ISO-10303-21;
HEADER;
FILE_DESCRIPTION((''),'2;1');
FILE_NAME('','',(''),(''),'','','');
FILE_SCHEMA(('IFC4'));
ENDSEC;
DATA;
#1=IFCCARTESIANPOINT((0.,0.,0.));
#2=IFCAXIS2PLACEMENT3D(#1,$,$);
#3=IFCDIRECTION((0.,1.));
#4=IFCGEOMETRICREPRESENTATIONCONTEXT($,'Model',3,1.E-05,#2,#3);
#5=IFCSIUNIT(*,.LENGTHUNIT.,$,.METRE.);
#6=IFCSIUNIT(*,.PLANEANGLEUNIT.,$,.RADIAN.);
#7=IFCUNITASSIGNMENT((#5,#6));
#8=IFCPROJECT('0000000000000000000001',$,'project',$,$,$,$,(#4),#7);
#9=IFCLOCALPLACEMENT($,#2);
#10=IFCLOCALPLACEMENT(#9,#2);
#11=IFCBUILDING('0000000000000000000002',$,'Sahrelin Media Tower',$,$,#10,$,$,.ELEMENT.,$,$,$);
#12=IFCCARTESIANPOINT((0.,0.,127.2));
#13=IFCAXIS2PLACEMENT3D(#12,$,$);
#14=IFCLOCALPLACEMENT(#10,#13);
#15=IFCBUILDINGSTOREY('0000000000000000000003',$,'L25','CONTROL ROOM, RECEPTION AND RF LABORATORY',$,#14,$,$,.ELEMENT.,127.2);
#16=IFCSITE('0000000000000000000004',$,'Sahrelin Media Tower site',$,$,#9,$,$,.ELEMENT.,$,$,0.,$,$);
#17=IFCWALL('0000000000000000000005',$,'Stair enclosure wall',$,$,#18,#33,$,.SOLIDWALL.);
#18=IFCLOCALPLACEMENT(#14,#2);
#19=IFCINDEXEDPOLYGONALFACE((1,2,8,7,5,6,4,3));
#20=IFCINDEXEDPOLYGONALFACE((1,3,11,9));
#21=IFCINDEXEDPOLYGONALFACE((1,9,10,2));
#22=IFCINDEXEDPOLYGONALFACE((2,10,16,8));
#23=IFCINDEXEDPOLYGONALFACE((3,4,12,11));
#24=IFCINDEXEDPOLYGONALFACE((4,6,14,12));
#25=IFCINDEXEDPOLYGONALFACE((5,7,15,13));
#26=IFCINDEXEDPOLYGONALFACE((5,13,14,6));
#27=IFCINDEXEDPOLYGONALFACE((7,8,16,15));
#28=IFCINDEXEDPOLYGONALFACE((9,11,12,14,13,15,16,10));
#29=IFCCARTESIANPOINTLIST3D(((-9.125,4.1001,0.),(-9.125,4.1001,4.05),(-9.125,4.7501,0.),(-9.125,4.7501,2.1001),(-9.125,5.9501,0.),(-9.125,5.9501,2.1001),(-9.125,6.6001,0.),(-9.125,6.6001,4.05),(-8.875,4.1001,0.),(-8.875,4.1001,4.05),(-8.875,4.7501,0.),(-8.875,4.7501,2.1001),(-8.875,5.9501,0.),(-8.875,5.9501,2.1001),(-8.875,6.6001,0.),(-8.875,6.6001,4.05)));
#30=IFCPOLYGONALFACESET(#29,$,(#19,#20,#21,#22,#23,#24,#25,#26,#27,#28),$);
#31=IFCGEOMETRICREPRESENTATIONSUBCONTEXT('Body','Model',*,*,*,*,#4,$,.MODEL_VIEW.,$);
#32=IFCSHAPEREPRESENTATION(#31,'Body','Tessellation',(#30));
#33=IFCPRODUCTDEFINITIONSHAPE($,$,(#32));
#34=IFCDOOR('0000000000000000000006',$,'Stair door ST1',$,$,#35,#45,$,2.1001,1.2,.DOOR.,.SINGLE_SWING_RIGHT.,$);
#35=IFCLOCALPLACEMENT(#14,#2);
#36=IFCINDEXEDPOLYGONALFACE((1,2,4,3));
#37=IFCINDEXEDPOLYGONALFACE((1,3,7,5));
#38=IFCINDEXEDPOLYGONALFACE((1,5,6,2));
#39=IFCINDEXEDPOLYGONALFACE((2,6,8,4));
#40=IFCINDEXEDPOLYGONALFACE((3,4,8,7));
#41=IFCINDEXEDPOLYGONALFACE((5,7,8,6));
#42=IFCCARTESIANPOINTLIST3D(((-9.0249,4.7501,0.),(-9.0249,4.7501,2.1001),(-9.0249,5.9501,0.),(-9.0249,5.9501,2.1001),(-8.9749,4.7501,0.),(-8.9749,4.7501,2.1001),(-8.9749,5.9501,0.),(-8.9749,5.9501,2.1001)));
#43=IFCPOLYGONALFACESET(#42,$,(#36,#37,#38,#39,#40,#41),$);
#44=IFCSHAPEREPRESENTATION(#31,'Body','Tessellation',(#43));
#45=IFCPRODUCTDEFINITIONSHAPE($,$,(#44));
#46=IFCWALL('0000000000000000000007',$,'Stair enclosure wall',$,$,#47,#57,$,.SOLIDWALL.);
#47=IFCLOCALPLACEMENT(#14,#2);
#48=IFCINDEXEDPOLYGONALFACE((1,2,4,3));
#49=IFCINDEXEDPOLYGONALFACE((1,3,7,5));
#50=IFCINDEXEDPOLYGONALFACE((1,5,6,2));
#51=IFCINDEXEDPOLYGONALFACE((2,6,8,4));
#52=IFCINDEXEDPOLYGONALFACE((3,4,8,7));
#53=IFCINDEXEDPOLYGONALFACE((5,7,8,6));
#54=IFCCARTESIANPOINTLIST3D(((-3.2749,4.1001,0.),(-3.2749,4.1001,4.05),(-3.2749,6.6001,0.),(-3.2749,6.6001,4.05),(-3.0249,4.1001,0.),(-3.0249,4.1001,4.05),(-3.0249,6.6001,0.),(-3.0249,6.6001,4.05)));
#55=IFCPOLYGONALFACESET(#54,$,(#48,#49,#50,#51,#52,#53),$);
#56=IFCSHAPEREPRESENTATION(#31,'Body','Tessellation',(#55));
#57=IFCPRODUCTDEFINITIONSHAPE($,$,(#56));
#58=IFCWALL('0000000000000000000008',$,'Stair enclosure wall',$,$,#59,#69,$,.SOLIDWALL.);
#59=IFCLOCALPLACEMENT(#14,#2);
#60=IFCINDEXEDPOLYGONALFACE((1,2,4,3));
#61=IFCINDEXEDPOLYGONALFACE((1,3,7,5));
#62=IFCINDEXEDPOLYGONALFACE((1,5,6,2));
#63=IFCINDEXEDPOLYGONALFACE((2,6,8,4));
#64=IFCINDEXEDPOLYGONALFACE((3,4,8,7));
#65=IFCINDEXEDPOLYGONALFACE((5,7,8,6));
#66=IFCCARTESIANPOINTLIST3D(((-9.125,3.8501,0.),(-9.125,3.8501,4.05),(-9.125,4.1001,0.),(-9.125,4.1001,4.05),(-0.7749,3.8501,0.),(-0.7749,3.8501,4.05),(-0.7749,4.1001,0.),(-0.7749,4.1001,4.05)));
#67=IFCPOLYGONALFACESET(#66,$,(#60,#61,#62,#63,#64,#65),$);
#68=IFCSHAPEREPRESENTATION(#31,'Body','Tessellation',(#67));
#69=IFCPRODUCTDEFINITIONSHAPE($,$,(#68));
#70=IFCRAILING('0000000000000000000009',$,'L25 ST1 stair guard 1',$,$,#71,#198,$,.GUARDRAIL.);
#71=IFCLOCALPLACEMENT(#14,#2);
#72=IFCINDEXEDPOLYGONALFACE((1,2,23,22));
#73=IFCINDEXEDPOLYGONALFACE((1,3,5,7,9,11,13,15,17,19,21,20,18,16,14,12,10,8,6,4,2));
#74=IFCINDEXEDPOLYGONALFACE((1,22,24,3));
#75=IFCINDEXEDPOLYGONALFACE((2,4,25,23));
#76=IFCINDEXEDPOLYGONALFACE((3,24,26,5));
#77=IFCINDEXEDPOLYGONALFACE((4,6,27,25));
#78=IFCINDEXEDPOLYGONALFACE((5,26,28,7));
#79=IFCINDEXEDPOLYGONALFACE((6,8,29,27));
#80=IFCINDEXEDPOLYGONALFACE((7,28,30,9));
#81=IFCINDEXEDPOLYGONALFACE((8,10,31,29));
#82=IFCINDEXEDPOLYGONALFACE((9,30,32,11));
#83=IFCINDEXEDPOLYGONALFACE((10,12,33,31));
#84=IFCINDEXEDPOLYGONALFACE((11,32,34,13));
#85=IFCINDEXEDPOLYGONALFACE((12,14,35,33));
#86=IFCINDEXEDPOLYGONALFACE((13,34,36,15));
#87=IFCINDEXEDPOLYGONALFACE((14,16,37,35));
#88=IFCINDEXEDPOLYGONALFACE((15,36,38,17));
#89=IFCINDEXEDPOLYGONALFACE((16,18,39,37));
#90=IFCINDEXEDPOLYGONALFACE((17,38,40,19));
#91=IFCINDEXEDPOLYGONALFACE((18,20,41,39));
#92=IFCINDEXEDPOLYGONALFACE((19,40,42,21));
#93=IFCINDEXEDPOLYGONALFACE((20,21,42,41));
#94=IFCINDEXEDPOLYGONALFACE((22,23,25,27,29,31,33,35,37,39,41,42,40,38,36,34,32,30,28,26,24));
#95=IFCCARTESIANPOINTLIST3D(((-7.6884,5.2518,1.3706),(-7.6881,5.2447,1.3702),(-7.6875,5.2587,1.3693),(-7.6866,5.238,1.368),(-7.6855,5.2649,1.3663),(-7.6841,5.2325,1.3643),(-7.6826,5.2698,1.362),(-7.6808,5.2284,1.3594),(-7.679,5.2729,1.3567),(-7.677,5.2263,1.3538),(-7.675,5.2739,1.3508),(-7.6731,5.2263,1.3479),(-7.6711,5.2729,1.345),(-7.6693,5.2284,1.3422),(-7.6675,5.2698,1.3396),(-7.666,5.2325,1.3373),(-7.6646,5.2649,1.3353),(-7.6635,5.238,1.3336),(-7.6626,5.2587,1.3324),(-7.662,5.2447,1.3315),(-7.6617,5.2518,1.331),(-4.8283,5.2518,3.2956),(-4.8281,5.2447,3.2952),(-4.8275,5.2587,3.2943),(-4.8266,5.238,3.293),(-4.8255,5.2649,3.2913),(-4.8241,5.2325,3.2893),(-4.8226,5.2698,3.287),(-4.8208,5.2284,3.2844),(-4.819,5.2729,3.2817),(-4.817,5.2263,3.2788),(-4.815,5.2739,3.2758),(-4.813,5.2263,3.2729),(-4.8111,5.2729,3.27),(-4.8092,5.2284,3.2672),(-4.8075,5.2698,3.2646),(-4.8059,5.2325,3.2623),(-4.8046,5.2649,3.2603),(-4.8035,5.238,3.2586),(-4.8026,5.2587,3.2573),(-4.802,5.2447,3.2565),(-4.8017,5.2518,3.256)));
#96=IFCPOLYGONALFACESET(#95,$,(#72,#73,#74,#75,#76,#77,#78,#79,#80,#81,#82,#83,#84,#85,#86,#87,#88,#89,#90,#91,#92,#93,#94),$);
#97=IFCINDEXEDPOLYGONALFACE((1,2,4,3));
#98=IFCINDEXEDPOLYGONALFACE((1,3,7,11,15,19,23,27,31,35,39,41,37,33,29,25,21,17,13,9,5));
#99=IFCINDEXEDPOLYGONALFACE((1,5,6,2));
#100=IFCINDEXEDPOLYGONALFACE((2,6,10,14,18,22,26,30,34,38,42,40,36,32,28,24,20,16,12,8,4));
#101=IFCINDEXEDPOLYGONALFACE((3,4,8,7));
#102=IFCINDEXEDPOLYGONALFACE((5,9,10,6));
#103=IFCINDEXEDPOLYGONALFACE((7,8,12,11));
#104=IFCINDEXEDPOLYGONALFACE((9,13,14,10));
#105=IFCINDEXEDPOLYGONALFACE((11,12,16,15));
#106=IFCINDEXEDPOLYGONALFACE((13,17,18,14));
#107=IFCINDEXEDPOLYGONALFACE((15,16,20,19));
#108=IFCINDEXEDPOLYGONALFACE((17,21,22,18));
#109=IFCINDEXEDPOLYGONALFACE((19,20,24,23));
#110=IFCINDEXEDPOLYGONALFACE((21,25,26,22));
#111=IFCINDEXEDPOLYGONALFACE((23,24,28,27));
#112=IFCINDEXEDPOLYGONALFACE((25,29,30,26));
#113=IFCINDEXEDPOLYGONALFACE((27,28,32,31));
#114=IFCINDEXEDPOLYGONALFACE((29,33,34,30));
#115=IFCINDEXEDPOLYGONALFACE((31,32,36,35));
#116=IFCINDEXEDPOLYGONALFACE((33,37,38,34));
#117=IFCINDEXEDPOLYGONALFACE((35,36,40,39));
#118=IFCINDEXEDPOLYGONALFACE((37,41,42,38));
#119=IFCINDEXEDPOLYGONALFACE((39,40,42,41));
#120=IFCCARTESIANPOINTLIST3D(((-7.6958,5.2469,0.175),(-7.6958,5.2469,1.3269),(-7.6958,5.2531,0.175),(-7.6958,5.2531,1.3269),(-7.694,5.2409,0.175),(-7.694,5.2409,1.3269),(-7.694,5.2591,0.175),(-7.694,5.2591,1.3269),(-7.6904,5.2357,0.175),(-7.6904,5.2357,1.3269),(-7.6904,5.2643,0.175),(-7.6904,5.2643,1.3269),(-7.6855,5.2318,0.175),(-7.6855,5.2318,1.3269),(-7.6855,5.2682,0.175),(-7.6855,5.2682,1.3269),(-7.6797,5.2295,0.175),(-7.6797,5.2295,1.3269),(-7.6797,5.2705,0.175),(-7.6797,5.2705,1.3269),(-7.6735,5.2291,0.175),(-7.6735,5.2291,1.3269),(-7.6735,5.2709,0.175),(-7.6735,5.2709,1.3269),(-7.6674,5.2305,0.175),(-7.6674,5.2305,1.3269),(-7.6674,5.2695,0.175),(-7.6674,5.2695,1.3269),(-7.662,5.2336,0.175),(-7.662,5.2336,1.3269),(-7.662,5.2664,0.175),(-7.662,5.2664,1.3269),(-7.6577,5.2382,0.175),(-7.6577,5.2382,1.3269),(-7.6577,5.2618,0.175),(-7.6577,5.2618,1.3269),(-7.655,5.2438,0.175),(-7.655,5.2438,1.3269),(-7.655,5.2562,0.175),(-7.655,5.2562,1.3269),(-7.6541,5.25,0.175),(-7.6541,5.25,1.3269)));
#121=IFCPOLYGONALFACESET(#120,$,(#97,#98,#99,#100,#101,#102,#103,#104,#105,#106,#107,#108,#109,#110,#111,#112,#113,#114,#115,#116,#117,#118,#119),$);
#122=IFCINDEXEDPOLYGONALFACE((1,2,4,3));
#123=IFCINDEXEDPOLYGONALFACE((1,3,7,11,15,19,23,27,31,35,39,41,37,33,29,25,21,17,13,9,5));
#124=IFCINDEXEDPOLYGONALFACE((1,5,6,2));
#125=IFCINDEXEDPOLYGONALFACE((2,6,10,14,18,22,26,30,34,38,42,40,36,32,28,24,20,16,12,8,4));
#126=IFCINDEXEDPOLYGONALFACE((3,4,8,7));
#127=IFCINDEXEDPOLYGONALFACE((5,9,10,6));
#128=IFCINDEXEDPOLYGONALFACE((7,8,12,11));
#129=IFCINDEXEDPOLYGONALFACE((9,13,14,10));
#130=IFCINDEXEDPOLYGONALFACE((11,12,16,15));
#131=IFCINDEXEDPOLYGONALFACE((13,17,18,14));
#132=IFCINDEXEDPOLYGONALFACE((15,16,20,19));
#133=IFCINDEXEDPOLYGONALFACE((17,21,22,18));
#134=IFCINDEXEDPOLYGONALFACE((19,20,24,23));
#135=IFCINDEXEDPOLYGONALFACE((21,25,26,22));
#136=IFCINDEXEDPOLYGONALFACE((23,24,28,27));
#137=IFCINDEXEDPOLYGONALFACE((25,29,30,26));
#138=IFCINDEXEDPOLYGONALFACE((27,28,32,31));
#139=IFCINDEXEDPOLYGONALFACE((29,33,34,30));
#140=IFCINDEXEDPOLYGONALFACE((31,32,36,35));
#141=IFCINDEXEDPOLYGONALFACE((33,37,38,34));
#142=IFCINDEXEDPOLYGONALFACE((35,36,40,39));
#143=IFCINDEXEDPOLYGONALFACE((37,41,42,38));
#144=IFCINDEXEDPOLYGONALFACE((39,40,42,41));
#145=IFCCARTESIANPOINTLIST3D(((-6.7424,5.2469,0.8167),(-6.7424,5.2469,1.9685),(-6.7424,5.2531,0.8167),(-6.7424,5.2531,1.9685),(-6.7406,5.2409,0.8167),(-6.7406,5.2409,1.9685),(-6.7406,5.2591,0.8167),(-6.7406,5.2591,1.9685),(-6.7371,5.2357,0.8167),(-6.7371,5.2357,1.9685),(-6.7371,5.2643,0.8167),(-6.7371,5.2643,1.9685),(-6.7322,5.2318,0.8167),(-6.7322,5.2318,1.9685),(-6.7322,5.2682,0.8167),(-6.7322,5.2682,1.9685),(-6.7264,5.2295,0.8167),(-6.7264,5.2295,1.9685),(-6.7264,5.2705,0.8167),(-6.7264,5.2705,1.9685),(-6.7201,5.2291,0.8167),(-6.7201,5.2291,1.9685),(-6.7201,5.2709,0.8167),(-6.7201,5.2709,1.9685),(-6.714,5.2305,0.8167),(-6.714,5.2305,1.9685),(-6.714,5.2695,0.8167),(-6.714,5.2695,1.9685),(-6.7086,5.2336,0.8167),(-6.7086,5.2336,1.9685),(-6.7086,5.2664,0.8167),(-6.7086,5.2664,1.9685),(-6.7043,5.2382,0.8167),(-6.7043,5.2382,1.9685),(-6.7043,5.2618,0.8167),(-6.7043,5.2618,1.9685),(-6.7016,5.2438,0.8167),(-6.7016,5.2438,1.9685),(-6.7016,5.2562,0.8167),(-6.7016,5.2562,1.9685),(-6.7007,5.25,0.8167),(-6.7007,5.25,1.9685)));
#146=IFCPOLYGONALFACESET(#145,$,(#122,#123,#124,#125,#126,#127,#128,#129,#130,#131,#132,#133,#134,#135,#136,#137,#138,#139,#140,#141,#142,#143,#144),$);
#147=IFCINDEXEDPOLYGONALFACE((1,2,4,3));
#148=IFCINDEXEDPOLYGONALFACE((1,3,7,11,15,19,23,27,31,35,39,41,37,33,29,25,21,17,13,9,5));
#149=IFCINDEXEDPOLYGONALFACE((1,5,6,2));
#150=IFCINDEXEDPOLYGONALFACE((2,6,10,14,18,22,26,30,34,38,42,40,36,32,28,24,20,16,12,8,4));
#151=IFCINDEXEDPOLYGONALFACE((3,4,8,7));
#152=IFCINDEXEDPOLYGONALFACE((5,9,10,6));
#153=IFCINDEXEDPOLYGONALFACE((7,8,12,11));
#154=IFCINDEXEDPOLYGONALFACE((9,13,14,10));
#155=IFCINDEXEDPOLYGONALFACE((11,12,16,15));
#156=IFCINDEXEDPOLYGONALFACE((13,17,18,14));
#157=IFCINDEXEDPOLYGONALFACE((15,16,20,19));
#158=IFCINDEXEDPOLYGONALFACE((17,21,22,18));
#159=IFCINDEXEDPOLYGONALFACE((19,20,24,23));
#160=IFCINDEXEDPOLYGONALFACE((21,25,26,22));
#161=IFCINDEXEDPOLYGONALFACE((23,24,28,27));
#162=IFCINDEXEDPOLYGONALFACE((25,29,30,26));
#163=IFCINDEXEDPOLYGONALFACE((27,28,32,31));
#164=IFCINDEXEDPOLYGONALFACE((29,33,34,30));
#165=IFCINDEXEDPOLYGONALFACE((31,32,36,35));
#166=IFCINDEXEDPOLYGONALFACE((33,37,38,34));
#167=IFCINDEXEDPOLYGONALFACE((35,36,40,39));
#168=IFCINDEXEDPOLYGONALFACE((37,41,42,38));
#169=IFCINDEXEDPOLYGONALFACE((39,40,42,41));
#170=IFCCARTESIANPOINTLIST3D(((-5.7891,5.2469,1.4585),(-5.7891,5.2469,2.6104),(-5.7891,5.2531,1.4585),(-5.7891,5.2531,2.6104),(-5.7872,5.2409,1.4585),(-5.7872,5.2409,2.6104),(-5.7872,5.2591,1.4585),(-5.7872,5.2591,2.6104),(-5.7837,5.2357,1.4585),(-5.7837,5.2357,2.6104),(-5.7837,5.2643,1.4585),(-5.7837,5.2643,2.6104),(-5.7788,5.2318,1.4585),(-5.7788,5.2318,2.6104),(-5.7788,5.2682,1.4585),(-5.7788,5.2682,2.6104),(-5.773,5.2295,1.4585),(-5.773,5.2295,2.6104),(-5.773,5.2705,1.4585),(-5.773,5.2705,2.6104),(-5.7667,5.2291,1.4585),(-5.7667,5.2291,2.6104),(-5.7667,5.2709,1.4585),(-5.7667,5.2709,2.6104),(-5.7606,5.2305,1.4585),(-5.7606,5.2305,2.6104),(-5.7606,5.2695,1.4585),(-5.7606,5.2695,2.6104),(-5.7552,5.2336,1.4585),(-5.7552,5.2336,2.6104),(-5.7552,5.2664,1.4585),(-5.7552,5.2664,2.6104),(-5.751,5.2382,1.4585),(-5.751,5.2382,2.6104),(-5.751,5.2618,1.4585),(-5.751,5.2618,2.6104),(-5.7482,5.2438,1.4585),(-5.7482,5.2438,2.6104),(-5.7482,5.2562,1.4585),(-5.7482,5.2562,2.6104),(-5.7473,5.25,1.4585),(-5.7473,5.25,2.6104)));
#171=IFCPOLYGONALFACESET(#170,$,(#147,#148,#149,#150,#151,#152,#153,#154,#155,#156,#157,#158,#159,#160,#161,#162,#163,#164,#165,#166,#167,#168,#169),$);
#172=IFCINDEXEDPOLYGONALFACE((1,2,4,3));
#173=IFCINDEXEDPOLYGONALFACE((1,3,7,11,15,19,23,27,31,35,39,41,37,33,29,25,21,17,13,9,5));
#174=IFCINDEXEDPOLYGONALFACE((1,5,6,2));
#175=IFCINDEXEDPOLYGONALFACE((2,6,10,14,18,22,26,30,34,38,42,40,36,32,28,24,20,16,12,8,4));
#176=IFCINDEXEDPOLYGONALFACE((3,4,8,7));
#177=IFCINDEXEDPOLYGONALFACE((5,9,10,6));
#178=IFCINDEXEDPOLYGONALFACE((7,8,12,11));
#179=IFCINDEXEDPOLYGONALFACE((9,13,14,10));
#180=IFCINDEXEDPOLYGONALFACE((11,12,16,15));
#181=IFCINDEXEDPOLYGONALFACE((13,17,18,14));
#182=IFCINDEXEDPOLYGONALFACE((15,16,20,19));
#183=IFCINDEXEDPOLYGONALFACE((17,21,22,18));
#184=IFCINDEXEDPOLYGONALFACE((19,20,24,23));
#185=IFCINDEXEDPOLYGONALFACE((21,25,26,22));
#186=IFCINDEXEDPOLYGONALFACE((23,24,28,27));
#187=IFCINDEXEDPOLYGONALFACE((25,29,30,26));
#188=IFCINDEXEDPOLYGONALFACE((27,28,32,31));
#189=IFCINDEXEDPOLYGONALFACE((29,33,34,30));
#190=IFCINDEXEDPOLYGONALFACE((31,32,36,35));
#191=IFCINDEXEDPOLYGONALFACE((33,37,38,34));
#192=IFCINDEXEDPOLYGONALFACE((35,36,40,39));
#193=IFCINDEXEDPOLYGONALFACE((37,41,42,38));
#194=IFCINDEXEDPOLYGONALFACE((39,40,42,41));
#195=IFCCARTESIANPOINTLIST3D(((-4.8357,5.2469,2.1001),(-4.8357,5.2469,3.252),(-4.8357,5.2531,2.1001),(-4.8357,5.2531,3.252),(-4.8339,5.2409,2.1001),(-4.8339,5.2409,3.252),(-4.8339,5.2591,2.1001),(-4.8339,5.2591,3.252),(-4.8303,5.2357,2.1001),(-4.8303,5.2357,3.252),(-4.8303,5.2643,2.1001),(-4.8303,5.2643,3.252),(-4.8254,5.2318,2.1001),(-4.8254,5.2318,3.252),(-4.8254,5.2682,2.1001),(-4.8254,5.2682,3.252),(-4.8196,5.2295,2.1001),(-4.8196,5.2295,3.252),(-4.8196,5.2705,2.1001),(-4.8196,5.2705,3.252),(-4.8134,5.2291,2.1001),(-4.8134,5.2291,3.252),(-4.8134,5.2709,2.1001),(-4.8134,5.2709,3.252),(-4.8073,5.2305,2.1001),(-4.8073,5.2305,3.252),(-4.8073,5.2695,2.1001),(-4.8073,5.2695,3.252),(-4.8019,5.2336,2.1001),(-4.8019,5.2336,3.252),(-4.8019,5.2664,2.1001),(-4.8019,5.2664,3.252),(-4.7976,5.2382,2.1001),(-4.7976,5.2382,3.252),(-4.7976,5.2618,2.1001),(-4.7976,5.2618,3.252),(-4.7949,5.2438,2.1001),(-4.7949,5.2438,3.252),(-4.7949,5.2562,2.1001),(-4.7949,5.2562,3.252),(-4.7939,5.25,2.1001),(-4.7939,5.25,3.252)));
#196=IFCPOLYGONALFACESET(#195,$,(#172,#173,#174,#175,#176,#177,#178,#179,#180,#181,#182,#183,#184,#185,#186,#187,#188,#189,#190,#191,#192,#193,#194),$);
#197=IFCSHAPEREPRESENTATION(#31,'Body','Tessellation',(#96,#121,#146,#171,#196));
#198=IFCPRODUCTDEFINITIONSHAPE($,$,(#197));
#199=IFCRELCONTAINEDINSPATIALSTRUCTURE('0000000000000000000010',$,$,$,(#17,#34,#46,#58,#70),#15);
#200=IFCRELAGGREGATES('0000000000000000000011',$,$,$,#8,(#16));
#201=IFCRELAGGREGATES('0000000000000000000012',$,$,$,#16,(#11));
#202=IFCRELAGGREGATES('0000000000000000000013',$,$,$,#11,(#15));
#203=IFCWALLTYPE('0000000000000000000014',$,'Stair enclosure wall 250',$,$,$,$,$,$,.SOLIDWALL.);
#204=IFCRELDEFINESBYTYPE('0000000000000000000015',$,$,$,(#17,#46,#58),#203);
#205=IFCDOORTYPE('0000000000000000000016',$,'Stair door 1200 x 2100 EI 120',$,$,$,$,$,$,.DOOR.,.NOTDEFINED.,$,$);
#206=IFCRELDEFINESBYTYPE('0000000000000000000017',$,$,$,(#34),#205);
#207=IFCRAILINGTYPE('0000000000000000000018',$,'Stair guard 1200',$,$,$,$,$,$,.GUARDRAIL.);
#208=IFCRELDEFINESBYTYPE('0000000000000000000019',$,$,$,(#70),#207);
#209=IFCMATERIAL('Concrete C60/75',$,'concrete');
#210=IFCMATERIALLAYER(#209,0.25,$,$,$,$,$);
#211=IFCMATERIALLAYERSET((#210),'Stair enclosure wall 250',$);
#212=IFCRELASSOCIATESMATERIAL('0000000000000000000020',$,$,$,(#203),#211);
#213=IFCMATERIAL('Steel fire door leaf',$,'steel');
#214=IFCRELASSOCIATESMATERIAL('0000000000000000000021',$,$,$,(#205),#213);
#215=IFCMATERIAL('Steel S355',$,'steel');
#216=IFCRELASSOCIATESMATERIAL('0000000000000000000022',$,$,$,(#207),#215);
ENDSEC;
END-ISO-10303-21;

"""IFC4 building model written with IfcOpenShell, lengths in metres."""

from ifc_helpers import new_model, si_unit, direction, frame, frame_2d, origin, origin_2d, place, context, subcontext, project, spatial, rectangle, circle, extrude, material, layer, layer_set, type_object, element, fill, save


model = new_model("IFC4")

# Units and contexts
model_context = context("Model", 3, precision=1e-05, world=origin(), true_north=direction((0.0, 1.0)))
body_context = subcontext(model_context, "Body", "Model", "MODEL_VIEW")
ifc_project = project(units=[si_unit("LENGTHUNIT", "METRE"), si_unit("PLANEANGLEUNIT", "RADIAN")], contexts=[model_context])

# Site, building, storey
site_placement = place(None, origin())
site = spatial("IfcSite", under=ifc_project, at=site_placement, Name="Sahrelin Media Tower site", CompositionType="ELEMENT", RefElevation=0.0)
building_placement = place(site_placement, origin())
building = spatial("IfcBuilding", under=site, at=building_placement, Name="Sahrelin Media Tower", CompositionType="ELEMENT")
storey_placement = place(building_placement, frame((0.0, 0.0, 127.2)))
storey = spatial("IfcBuildingStorey", under=building, at=storey_placement, Name="L25", Description="CONTROL ROOM, RECEPTION AND RF LABORATORY", CompositionType="ELEMENT", Elevation=127.2)

# Shared definitions
ifc_material_1 = material(Name="Steel S355", Category="steel")

# Shared definitions
ifc_material_2 = material(Name="Concrete C60/75", Category="concrete")

# Shared definitions
ifc_material_3 = material(Name="Steel fire door leaf", Category="steel")

# Wall, opening, door
ifc_layer_1 = layer(ifc_material_2, 0.25)
ifc_layer_set_1 = layer_set([ifc_layer_1], Name="Stair enclosure wall 250")
wall_type_1 = type_object("IfcWallType", Name="Stair enclosure wall 250", PredefinedType="SOLIDWALL", material=ifc_layer_set_1)
wall_1_placement = place(storey_placement, frame((-9.0, 4.1001, 0.0), z_axis=(0.0, 0.0, 1.0), x_axis=(0.0, 1.0, 0.0)))
wall_1 = element("IfcWall", 1, at=wall_1_placement, inside=storey, type_object=wall_type_1, Name="Stair enclosure wall", PredefinedType="SOLIDWALL", context=body_context, shape_type="SweptSolid", body=[
    extrude(rectangle(XDim=2.5, YDim=0.25, at=frame_2d((1.25, 0.0))), origin(), (0.0, 0.0, 1.0), 4.05),
])
opening_1_placement = place(wall_1_placement, frame((0.6499, 0.0, 0.0)))
opening_1 = element("IfcOpeningElement", 2, at=opening_1_placement, cuts=wall_1, PredefinedType="OPENING", context=body_context, shape_type="SweptSolid", body=[
    extrude(rectangle(XDim=1.2, YDim=2.1001, at=frame_2d((0.6001, 1.05))), frame((0.0, 0.125, 0.0), z_axis=(0.0, -1.0, 0.0), x_axis=(1.0, 0.0, 0.0)), (0.0, 0.0, 1.0), 0.25),
])
door_type_1 = type_object("IfcDoorType", Name="Stair door 1200 x 2100 EI 120", OperationType="NOTDEFINED", PredefinedType="DOOR", material=ifc_material_3)
door_1_placement = place(opening_1_placement, origin())
door_1 = element("IfcDoor", 3, at=door_1_placement, inside=storey, type_object=door_type_1, Name="Stair door ST1", OperationType="SINGLE_SWING_RIGHT", OverallHeight=2.1001, OverallWidth=1.2, PredefinedType="DOOR", context=body_context, shape_type="SweptSolid", body=[
    extrude(rectangle(XDim=1.2, YDim=2.1001, at=frame_2d((0.6001, 1.05))), frame((0.0, 0.0249, 0.0), z_axis=(0.0, -1.0, 0.0), x_axis=(1.0, 0.0, 0.0)), (0.0, 0.0, 1.0), 0.05),
])
fill(opening_1, door_1)

# Walls
wall_2_placement = place(storey_placement, frame((-3.1499, 4.1001, 0.0), z_axis=(0.0, 0.0, 1.0), x_axis=(0.0, 1.0, 0.0)))
element("IfcWall", 4, at=wall_2_placement, inside=storey, type_object=wall_type_1, Name="Stair enclosure wall", PredefinedType="SOLIDWALL", context=body_context, shape_type="SweptSolid", body=[
    extrude(rectangle(XDim=2.5, YDim=0.25, at=frame_2d((1.25, 0.0))), origin(), (0.0, 0.0, 1.0), 4.05),
])
wall_3_placement = place(storey_placement, frame((-9.125, 3.9751, 0.0), z_axis=(0.0, 0.0, 1.0), x_axis=(1.0, 0.0, 0.0)))
element("IfcWall", 5, at=wall_3_placement, inside=storey, type_object=wall_type_1, Name="Stair enclosure wall", PredefinedType="SOLIDWALL", context=body_context, shape_type="SweptSolid", body=[
    extrude(rectangle(XDim=8.3501, YDim=0.25, at=frame_2d((4.175, 0.0))), origin(), (0.0, 0.0, 1.0), 4.05),
])

# Railing
railing_type_1 = type_object("IfcRailingType", Name="Stair guard 1200", PredefinedType="GUARDRAIL", material=ifc_material_1)
railing_1_placement = place(storey_placement, frame((-7.675, 5.25, 0.175)))
element("IfcRailing", 6, at=railing_1_placement, inside=storey, type_object=railing_type_1, Name="L25 ST1 stair guard 1", PredefinedType="GUARDRAIL", context=body_context, shape_type="SweptSolid", body=[
    extrude(circle(Radius=0.0239, at=origin_2d()), frame((0.0, 0.0, 1.1758), z_axis=(0.829591, 0.0, 0.558372), x_axis=(0.0, 1.0, 0.0)), (0.0, 0.0, 1.0), 3.4475),
    extrude(circle(Radius=0.021, at=origin_2d()), origin(), (0.0, 0.0, 1.0), 1.1519),
    extrude(circle(Radius=0.021, at=origin_2d()), frame((0.9534, 0.0, 0.6416)), (0.0, 0.0, 1.0), 1.1519),
    extrude(circle(Radius=0.021, at=origin_2d()), frame((1.9067, 0.0, 1.2834)), (0.0, 0.0, 1.0), 1.1519),
    extrude(circle(Radius=0.021, at=origin_2d()), frame((2.8601, 0.0, 1.925)), (0.0, 0.0, 1.0), 1.1519),
])

save(model, "model.ifc")
